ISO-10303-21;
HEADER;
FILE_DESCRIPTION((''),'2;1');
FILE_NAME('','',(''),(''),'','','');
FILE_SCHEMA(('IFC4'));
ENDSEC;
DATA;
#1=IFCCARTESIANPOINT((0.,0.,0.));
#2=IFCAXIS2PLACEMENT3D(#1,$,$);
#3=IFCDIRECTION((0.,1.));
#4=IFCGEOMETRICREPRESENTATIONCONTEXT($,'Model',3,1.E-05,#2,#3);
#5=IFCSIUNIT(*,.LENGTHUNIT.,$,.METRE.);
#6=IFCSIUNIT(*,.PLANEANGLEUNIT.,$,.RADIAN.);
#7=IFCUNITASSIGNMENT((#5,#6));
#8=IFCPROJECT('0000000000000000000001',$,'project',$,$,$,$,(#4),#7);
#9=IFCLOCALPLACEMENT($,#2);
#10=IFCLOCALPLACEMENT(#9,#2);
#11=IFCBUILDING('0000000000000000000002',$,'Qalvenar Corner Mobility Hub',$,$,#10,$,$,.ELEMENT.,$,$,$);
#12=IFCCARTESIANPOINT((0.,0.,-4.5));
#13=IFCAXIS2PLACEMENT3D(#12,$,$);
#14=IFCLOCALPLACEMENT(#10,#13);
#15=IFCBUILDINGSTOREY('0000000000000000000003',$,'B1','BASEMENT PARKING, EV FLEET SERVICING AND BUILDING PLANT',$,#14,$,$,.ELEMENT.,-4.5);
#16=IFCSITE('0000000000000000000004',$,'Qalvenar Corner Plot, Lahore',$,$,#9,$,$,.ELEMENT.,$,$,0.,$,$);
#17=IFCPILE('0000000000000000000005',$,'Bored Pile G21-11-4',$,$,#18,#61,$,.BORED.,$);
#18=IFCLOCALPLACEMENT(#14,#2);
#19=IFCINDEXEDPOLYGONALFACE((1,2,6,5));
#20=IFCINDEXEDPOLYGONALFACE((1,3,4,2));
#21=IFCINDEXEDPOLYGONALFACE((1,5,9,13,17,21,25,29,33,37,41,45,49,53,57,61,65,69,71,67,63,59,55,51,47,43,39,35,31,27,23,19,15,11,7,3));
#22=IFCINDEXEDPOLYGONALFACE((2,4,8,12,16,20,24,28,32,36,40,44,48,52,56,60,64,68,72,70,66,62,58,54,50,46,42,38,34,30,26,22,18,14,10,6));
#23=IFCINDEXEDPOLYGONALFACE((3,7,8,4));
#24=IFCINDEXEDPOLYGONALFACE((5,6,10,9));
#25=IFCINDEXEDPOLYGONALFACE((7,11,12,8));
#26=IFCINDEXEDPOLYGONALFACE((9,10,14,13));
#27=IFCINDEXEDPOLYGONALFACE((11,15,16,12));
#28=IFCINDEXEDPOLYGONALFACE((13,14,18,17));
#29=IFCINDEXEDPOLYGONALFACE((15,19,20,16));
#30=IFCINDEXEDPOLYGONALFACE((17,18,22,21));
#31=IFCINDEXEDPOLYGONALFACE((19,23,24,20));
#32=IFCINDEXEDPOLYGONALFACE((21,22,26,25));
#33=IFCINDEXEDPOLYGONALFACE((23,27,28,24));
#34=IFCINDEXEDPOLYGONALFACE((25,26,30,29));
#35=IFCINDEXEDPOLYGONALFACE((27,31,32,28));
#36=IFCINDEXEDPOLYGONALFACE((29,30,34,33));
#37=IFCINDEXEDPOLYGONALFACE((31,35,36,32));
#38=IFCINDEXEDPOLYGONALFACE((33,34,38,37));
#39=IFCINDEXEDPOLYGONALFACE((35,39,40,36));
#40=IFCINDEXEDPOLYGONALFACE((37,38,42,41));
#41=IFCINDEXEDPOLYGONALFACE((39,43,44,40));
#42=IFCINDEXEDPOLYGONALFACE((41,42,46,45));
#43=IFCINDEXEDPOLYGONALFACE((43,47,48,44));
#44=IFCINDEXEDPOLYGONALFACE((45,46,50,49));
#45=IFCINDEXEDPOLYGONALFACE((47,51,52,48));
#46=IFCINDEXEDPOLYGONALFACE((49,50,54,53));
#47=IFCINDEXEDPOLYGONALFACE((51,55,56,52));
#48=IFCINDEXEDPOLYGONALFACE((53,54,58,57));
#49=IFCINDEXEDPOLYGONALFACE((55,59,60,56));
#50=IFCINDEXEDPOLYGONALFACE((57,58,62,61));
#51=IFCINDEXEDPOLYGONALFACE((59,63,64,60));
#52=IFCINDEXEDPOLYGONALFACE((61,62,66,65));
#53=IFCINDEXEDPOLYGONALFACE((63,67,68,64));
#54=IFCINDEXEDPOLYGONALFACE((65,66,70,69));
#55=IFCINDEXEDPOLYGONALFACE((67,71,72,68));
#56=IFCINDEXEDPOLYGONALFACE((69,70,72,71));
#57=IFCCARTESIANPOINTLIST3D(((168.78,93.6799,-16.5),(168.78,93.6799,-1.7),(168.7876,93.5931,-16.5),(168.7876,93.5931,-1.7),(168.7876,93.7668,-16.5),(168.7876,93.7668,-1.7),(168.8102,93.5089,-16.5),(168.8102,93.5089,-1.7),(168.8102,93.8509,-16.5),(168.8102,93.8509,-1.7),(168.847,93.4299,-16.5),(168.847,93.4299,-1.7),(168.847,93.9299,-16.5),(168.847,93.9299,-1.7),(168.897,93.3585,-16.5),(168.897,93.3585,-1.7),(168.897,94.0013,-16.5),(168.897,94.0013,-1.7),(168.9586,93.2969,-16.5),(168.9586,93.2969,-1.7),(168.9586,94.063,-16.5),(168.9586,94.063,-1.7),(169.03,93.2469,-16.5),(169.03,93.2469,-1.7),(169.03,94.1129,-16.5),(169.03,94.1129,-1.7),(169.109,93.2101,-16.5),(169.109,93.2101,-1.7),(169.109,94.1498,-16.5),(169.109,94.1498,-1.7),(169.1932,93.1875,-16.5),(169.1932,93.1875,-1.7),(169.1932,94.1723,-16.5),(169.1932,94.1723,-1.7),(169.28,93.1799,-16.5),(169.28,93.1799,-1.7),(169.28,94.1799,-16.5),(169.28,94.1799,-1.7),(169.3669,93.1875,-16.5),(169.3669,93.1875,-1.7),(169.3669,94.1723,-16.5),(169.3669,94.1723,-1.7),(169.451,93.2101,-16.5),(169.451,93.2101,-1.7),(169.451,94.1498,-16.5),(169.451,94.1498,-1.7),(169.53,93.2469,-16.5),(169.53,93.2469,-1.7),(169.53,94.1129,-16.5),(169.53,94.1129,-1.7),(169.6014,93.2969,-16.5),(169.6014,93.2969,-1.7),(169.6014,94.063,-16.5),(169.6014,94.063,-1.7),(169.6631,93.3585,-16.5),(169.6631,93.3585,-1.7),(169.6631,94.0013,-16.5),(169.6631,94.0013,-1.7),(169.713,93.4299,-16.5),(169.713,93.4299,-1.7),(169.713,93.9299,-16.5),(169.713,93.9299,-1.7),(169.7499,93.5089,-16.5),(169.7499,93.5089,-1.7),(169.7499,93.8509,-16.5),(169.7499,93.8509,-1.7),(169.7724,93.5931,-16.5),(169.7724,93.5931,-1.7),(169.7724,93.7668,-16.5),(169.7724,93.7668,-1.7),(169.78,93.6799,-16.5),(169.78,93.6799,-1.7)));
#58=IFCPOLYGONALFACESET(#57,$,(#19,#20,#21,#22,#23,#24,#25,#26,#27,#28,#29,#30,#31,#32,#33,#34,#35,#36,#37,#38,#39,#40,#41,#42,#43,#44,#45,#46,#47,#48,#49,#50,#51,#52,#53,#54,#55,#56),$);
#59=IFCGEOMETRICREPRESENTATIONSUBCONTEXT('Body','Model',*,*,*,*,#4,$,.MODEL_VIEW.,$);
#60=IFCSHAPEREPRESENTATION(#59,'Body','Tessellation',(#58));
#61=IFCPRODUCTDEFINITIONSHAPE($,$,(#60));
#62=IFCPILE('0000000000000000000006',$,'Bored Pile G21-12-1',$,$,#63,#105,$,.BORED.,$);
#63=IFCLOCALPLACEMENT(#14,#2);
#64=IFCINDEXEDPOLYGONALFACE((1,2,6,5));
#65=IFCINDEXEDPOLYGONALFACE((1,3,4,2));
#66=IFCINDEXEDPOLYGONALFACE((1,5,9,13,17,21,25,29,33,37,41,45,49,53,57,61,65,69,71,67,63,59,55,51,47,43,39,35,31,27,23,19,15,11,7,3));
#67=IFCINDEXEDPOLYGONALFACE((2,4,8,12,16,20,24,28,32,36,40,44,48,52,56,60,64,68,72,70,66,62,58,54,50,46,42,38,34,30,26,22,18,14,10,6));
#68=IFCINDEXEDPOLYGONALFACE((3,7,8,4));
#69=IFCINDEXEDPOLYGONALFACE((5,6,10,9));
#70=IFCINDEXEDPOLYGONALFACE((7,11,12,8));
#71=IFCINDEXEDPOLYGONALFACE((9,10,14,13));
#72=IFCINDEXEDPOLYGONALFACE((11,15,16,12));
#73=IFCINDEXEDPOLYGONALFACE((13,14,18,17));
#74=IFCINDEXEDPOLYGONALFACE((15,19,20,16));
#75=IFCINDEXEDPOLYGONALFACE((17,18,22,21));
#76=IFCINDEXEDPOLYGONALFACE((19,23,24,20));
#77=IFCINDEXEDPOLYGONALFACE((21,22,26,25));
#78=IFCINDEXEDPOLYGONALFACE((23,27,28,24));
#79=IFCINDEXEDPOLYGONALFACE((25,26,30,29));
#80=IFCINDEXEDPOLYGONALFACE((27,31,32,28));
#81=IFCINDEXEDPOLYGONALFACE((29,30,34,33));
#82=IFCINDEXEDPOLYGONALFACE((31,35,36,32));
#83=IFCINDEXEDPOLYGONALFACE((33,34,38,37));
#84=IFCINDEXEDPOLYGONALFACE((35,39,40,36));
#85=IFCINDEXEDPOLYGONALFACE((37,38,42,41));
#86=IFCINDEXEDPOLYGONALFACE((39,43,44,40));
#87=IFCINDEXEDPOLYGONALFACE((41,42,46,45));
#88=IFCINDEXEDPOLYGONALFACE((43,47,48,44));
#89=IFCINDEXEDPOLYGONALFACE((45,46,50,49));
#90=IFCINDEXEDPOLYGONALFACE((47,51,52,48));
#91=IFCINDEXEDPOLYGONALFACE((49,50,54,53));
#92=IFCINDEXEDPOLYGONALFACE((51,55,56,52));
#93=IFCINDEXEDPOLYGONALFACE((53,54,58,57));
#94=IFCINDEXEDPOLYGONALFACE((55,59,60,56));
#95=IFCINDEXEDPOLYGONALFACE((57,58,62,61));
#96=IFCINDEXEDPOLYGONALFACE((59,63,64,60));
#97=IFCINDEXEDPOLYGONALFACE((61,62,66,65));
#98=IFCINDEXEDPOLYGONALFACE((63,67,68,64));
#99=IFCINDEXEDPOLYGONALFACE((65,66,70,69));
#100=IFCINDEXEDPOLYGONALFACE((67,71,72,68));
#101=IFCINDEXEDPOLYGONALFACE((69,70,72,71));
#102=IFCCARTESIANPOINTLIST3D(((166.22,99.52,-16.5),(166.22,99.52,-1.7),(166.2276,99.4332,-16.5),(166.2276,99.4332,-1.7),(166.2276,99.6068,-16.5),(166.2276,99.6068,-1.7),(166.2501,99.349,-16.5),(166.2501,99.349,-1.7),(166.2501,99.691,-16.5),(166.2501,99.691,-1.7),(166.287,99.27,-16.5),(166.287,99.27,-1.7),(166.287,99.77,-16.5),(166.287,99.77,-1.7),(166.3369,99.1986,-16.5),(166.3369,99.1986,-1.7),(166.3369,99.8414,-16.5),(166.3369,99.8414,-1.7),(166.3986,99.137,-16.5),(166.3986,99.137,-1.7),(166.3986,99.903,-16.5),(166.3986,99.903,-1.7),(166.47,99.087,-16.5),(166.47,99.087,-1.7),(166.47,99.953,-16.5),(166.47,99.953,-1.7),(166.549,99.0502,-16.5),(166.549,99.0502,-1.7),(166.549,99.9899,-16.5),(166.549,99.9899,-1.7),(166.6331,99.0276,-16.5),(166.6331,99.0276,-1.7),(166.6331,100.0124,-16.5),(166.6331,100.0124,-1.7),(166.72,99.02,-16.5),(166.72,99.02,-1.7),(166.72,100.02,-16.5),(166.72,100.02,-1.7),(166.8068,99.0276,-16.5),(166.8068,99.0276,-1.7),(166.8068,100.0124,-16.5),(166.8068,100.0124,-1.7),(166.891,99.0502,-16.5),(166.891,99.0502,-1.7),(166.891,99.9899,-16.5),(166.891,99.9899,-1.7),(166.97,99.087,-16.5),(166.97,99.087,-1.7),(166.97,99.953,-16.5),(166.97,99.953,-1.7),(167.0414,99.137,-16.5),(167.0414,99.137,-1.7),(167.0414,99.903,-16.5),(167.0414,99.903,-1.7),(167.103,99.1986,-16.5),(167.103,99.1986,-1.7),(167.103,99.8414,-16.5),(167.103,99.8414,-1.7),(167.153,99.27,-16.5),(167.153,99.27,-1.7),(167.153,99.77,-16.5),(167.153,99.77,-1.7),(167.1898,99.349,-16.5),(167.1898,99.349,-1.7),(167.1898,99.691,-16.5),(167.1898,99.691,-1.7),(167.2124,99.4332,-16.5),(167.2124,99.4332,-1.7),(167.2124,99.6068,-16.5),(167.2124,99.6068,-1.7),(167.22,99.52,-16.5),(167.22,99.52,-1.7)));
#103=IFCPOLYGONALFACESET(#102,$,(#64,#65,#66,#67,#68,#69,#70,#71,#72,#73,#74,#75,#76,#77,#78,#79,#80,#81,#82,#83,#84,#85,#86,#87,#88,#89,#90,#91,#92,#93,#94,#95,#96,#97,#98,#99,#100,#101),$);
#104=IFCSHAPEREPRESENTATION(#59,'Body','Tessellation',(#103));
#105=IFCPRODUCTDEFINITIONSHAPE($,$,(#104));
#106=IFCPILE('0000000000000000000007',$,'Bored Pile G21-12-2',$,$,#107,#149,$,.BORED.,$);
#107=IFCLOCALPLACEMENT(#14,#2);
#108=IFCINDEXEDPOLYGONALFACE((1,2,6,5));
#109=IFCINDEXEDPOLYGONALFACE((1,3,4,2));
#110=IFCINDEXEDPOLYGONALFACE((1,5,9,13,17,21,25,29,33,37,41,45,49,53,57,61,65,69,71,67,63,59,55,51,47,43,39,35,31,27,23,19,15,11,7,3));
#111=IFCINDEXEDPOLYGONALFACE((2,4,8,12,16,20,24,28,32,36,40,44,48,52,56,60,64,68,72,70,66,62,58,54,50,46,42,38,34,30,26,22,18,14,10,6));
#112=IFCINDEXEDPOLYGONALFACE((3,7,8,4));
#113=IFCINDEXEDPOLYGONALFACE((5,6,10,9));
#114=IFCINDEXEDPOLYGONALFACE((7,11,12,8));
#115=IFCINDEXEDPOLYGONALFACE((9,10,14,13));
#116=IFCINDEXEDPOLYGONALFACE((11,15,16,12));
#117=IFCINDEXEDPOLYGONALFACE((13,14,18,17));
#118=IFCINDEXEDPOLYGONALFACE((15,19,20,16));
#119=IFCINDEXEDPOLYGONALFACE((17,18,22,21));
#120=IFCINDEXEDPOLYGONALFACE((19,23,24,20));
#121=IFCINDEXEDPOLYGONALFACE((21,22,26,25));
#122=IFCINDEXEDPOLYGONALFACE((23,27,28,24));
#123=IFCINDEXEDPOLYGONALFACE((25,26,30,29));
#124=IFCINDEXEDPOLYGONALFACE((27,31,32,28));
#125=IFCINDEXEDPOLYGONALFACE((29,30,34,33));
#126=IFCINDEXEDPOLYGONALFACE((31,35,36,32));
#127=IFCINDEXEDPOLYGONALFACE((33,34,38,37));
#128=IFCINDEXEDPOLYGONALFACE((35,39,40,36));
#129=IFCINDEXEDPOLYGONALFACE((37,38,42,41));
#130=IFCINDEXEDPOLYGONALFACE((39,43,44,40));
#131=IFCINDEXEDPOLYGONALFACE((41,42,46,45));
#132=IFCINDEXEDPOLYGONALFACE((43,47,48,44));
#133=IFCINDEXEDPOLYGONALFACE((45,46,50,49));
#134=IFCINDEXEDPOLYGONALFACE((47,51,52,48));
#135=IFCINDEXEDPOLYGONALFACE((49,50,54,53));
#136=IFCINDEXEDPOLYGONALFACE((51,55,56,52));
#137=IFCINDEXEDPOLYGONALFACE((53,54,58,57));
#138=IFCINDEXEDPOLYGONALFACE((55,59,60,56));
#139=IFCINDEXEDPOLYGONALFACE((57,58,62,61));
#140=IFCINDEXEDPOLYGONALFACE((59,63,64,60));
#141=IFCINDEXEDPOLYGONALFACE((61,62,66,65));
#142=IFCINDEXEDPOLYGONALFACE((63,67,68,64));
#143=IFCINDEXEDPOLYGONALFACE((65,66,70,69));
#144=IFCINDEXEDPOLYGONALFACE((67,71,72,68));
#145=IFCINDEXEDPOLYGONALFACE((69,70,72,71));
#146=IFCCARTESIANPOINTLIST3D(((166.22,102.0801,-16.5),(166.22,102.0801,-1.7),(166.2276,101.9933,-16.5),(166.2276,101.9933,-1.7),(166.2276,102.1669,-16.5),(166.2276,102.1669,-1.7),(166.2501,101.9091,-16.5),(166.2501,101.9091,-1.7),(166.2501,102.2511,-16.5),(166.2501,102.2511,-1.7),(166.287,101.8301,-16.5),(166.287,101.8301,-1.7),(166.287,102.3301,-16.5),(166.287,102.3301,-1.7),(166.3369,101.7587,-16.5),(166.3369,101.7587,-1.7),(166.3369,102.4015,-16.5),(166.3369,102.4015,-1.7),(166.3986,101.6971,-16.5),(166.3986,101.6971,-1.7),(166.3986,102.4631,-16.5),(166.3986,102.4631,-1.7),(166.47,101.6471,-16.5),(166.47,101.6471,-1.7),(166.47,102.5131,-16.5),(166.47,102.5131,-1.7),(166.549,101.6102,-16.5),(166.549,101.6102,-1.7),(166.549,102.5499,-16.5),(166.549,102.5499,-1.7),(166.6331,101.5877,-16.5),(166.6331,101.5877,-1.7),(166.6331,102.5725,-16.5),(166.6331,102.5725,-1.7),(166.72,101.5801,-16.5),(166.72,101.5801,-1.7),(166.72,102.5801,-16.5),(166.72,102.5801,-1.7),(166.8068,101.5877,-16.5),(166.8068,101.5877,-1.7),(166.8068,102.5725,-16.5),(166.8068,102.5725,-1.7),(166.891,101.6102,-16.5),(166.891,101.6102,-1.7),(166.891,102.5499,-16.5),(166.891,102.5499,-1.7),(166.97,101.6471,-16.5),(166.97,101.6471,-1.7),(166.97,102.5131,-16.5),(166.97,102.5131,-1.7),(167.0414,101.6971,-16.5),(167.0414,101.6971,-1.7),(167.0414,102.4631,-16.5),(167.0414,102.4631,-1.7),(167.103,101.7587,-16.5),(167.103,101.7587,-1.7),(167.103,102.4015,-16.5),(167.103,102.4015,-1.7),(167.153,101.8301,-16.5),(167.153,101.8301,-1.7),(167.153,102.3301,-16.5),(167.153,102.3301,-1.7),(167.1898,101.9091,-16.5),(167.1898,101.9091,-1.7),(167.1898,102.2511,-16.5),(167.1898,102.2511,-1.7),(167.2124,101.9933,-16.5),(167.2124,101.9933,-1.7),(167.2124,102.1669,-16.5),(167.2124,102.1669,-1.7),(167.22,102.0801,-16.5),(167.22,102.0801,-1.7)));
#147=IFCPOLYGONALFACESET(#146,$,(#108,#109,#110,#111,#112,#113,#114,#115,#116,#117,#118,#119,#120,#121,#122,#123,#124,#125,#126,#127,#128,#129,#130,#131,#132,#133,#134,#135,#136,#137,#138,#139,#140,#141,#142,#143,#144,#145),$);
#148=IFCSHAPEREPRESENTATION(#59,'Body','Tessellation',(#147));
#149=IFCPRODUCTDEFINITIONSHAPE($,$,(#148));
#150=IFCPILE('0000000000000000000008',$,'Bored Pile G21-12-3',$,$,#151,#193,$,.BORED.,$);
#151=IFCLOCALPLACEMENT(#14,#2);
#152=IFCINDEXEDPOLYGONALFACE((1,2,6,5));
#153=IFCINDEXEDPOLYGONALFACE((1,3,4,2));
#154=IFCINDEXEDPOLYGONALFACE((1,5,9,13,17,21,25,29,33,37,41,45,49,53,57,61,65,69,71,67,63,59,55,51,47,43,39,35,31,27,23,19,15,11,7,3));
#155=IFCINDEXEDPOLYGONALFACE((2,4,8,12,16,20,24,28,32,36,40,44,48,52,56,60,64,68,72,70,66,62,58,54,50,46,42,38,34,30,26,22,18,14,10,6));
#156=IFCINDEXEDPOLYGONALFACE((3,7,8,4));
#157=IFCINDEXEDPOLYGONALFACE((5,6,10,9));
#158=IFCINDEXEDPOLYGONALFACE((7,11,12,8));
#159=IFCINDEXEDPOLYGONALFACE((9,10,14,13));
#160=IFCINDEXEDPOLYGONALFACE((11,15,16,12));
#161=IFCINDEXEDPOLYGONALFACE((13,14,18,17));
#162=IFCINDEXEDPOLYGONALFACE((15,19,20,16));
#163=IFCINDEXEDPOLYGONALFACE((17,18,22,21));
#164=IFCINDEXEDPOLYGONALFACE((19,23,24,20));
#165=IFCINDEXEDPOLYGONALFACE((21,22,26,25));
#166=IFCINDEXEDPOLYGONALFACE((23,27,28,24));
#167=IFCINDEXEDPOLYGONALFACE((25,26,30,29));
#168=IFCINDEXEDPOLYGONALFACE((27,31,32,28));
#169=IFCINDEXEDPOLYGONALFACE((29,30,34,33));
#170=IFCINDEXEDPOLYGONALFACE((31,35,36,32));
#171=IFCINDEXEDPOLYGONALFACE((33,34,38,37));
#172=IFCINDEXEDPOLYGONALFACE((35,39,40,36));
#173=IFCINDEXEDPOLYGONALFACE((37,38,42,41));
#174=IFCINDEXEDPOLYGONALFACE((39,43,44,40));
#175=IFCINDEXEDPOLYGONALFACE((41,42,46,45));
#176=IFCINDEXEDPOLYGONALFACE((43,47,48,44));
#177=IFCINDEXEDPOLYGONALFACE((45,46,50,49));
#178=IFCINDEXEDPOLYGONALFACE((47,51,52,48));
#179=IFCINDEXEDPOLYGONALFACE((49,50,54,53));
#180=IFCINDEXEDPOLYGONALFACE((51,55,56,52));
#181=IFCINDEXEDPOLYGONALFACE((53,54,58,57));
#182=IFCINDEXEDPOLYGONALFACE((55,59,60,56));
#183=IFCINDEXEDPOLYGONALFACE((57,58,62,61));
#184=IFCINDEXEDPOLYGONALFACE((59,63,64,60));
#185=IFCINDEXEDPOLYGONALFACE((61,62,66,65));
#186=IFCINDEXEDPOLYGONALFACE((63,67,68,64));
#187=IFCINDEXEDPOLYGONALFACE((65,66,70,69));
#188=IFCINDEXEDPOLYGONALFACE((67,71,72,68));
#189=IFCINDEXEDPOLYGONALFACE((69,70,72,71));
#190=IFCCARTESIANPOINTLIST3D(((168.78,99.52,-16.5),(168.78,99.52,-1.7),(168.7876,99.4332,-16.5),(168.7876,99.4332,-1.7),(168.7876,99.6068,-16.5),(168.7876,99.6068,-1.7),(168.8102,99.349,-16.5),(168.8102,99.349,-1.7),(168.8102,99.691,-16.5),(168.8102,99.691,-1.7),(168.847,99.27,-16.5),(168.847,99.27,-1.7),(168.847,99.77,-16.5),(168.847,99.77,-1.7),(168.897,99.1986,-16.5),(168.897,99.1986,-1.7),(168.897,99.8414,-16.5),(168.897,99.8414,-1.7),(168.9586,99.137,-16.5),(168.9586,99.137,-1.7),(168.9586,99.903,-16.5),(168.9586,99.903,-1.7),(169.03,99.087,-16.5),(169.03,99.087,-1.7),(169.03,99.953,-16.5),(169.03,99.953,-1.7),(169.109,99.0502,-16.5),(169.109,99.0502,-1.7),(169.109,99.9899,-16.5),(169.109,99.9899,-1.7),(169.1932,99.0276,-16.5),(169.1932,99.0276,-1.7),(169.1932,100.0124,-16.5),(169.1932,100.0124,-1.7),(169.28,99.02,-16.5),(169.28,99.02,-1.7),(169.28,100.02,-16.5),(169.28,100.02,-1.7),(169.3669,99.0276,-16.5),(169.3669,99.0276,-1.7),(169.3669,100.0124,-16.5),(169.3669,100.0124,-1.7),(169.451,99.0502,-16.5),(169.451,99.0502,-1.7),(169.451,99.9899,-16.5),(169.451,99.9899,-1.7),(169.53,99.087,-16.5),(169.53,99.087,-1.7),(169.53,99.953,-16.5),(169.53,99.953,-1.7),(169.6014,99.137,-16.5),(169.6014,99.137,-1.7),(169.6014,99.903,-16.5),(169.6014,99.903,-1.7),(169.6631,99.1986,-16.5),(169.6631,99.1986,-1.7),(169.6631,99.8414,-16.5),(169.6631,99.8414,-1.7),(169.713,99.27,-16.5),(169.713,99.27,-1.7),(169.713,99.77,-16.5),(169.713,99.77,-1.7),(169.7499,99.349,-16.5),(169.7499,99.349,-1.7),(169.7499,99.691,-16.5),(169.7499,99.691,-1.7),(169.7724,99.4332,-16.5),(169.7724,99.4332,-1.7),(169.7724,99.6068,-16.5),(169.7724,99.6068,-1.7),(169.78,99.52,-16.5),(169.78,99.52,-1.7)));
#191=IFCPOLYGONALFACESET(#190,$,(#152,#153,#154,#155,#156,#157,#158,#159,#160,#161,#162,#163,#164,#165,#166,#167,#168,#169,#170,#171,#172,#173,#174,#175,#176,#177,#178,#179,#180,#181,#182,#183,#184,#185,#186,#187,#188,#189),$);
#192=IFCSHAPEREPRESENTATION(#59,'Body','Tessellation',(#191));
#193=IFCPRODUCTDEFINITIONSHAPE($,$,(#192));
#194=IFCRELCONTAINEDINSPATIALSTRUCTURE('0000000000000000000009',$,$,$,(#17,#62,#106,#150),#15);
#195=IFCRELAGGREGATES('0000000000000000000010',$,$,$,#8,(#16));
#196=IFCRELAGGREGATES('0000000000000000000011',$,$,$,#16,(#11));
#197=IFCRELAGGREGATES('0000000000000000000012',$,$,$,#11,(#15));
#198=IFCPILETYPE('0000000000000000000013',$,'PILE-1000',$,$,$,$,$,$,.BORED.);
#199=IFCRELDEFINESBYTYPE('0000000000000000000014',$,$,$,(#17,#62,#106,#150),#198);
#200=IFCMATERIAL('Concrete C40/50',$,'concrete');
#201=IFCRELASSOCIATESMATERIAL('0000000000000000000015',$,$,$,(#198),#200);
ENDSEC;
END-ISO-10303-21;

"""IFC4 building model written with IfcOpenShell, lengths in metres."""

from ifc_helpers import new_model, si_unit, direction, frame, origin, origin_2d, place, context, subcontext, project, spatial, circle, extrude, material, material_profile, profile_set, type_object, element, save


model = new_model("IFC4")

# Units and contexts
model_context = context("Model", 3, precision=1e-05, world=origin(), true_north=direction((0.0, 1.0)))
body_context = subcontext(model_context, "Body", "Model", "MODEL_VIEW")
ifc_project = project(units=[si_unit("LENGTHUNIT", "METRE"), si_unit("PLANEANGLEUNIT", "RADIAN")], contexts=[model_context])

# Site, building, storey
site_placement = place(None, origin())
site = spatial("IfcSite", under=ifc_project, at=site_placement, Name="Qalvenar Corner Plot, Lahore", CompositionType="ELEMENT", RefElevation=0.0)
building_placement = place(site_placement, origin())
building = spatial("IfcBuilding", under=site, at=building_placement, Name="Qalvenar Corner Mobility Hub", CompositionType="ELEMENT")
storey_placement = place(building_placement, frame((0.0, 0.0, -4.5)))
storey = spatial("IfcBuildingStorey", under=building, at=storey_placement, Name="B1", Description="BASEMENT PARKING, EV FLEET SERVICING AND BUILDING PLANT", CompositionType="ELEMENT", Elevation=-4.5)

# Shared definitions
ifc_material_1 = material(Name="Concrete C40/50", Category="concrete")

# Piles
ifc_material_profile_1 = material_profile(ifc_material_1, circle(Radius=0.5, at=origin_2d()), Name="DIA1000")
ifc_profile_set_1 = profile_set([ifc_material_profile_1], Name="Concrete C40/50")
pile_type = type_object("IfcPileType", Name="PILE-1000", PredefinedType="BORED", material=ifc_profile_set_1)
for number, where, z_axis, x_axis, name in (
    (1, (169.28, 93.6799, -1.7), (0.0, 0.0, -1.0), (1.0, 0.0, 0.0), "Bored Pile G21-11-4"),
    (2, (166.72, 99.52, -1.7), (0.0, 0.0, -1.0), (1.0, 0.0, 0.0), "Bored Pile G21-12-1"),
    (3, (166.72, 102.0801, -1.7), (0.0, 0.0, -1.0), (1.0, 0.0, 0.0), "Bored Pile G21-12-2"),
    (4, (169.28, 99.52, -1.7), (0.0, 0.0, -1.0), (1.0, 0.0, 0.0), "Bored Pile G21-12-3"),
):
    element("IfcPile", number, at=place(storey_placement, frame(where, z_axis=z_axis, x_axis=x_axis)), inside=storey, type_object=pile_type, Name=name, PredefinedType="BORED", context=body_context, shape_type="SweptSolid", body=[
        extrude(circle(Radius=0.5, at=origin_2d()), origin(), (0.0, 0.0, 1.0), 14.8),
    ])

save(model, "model.ifc")
